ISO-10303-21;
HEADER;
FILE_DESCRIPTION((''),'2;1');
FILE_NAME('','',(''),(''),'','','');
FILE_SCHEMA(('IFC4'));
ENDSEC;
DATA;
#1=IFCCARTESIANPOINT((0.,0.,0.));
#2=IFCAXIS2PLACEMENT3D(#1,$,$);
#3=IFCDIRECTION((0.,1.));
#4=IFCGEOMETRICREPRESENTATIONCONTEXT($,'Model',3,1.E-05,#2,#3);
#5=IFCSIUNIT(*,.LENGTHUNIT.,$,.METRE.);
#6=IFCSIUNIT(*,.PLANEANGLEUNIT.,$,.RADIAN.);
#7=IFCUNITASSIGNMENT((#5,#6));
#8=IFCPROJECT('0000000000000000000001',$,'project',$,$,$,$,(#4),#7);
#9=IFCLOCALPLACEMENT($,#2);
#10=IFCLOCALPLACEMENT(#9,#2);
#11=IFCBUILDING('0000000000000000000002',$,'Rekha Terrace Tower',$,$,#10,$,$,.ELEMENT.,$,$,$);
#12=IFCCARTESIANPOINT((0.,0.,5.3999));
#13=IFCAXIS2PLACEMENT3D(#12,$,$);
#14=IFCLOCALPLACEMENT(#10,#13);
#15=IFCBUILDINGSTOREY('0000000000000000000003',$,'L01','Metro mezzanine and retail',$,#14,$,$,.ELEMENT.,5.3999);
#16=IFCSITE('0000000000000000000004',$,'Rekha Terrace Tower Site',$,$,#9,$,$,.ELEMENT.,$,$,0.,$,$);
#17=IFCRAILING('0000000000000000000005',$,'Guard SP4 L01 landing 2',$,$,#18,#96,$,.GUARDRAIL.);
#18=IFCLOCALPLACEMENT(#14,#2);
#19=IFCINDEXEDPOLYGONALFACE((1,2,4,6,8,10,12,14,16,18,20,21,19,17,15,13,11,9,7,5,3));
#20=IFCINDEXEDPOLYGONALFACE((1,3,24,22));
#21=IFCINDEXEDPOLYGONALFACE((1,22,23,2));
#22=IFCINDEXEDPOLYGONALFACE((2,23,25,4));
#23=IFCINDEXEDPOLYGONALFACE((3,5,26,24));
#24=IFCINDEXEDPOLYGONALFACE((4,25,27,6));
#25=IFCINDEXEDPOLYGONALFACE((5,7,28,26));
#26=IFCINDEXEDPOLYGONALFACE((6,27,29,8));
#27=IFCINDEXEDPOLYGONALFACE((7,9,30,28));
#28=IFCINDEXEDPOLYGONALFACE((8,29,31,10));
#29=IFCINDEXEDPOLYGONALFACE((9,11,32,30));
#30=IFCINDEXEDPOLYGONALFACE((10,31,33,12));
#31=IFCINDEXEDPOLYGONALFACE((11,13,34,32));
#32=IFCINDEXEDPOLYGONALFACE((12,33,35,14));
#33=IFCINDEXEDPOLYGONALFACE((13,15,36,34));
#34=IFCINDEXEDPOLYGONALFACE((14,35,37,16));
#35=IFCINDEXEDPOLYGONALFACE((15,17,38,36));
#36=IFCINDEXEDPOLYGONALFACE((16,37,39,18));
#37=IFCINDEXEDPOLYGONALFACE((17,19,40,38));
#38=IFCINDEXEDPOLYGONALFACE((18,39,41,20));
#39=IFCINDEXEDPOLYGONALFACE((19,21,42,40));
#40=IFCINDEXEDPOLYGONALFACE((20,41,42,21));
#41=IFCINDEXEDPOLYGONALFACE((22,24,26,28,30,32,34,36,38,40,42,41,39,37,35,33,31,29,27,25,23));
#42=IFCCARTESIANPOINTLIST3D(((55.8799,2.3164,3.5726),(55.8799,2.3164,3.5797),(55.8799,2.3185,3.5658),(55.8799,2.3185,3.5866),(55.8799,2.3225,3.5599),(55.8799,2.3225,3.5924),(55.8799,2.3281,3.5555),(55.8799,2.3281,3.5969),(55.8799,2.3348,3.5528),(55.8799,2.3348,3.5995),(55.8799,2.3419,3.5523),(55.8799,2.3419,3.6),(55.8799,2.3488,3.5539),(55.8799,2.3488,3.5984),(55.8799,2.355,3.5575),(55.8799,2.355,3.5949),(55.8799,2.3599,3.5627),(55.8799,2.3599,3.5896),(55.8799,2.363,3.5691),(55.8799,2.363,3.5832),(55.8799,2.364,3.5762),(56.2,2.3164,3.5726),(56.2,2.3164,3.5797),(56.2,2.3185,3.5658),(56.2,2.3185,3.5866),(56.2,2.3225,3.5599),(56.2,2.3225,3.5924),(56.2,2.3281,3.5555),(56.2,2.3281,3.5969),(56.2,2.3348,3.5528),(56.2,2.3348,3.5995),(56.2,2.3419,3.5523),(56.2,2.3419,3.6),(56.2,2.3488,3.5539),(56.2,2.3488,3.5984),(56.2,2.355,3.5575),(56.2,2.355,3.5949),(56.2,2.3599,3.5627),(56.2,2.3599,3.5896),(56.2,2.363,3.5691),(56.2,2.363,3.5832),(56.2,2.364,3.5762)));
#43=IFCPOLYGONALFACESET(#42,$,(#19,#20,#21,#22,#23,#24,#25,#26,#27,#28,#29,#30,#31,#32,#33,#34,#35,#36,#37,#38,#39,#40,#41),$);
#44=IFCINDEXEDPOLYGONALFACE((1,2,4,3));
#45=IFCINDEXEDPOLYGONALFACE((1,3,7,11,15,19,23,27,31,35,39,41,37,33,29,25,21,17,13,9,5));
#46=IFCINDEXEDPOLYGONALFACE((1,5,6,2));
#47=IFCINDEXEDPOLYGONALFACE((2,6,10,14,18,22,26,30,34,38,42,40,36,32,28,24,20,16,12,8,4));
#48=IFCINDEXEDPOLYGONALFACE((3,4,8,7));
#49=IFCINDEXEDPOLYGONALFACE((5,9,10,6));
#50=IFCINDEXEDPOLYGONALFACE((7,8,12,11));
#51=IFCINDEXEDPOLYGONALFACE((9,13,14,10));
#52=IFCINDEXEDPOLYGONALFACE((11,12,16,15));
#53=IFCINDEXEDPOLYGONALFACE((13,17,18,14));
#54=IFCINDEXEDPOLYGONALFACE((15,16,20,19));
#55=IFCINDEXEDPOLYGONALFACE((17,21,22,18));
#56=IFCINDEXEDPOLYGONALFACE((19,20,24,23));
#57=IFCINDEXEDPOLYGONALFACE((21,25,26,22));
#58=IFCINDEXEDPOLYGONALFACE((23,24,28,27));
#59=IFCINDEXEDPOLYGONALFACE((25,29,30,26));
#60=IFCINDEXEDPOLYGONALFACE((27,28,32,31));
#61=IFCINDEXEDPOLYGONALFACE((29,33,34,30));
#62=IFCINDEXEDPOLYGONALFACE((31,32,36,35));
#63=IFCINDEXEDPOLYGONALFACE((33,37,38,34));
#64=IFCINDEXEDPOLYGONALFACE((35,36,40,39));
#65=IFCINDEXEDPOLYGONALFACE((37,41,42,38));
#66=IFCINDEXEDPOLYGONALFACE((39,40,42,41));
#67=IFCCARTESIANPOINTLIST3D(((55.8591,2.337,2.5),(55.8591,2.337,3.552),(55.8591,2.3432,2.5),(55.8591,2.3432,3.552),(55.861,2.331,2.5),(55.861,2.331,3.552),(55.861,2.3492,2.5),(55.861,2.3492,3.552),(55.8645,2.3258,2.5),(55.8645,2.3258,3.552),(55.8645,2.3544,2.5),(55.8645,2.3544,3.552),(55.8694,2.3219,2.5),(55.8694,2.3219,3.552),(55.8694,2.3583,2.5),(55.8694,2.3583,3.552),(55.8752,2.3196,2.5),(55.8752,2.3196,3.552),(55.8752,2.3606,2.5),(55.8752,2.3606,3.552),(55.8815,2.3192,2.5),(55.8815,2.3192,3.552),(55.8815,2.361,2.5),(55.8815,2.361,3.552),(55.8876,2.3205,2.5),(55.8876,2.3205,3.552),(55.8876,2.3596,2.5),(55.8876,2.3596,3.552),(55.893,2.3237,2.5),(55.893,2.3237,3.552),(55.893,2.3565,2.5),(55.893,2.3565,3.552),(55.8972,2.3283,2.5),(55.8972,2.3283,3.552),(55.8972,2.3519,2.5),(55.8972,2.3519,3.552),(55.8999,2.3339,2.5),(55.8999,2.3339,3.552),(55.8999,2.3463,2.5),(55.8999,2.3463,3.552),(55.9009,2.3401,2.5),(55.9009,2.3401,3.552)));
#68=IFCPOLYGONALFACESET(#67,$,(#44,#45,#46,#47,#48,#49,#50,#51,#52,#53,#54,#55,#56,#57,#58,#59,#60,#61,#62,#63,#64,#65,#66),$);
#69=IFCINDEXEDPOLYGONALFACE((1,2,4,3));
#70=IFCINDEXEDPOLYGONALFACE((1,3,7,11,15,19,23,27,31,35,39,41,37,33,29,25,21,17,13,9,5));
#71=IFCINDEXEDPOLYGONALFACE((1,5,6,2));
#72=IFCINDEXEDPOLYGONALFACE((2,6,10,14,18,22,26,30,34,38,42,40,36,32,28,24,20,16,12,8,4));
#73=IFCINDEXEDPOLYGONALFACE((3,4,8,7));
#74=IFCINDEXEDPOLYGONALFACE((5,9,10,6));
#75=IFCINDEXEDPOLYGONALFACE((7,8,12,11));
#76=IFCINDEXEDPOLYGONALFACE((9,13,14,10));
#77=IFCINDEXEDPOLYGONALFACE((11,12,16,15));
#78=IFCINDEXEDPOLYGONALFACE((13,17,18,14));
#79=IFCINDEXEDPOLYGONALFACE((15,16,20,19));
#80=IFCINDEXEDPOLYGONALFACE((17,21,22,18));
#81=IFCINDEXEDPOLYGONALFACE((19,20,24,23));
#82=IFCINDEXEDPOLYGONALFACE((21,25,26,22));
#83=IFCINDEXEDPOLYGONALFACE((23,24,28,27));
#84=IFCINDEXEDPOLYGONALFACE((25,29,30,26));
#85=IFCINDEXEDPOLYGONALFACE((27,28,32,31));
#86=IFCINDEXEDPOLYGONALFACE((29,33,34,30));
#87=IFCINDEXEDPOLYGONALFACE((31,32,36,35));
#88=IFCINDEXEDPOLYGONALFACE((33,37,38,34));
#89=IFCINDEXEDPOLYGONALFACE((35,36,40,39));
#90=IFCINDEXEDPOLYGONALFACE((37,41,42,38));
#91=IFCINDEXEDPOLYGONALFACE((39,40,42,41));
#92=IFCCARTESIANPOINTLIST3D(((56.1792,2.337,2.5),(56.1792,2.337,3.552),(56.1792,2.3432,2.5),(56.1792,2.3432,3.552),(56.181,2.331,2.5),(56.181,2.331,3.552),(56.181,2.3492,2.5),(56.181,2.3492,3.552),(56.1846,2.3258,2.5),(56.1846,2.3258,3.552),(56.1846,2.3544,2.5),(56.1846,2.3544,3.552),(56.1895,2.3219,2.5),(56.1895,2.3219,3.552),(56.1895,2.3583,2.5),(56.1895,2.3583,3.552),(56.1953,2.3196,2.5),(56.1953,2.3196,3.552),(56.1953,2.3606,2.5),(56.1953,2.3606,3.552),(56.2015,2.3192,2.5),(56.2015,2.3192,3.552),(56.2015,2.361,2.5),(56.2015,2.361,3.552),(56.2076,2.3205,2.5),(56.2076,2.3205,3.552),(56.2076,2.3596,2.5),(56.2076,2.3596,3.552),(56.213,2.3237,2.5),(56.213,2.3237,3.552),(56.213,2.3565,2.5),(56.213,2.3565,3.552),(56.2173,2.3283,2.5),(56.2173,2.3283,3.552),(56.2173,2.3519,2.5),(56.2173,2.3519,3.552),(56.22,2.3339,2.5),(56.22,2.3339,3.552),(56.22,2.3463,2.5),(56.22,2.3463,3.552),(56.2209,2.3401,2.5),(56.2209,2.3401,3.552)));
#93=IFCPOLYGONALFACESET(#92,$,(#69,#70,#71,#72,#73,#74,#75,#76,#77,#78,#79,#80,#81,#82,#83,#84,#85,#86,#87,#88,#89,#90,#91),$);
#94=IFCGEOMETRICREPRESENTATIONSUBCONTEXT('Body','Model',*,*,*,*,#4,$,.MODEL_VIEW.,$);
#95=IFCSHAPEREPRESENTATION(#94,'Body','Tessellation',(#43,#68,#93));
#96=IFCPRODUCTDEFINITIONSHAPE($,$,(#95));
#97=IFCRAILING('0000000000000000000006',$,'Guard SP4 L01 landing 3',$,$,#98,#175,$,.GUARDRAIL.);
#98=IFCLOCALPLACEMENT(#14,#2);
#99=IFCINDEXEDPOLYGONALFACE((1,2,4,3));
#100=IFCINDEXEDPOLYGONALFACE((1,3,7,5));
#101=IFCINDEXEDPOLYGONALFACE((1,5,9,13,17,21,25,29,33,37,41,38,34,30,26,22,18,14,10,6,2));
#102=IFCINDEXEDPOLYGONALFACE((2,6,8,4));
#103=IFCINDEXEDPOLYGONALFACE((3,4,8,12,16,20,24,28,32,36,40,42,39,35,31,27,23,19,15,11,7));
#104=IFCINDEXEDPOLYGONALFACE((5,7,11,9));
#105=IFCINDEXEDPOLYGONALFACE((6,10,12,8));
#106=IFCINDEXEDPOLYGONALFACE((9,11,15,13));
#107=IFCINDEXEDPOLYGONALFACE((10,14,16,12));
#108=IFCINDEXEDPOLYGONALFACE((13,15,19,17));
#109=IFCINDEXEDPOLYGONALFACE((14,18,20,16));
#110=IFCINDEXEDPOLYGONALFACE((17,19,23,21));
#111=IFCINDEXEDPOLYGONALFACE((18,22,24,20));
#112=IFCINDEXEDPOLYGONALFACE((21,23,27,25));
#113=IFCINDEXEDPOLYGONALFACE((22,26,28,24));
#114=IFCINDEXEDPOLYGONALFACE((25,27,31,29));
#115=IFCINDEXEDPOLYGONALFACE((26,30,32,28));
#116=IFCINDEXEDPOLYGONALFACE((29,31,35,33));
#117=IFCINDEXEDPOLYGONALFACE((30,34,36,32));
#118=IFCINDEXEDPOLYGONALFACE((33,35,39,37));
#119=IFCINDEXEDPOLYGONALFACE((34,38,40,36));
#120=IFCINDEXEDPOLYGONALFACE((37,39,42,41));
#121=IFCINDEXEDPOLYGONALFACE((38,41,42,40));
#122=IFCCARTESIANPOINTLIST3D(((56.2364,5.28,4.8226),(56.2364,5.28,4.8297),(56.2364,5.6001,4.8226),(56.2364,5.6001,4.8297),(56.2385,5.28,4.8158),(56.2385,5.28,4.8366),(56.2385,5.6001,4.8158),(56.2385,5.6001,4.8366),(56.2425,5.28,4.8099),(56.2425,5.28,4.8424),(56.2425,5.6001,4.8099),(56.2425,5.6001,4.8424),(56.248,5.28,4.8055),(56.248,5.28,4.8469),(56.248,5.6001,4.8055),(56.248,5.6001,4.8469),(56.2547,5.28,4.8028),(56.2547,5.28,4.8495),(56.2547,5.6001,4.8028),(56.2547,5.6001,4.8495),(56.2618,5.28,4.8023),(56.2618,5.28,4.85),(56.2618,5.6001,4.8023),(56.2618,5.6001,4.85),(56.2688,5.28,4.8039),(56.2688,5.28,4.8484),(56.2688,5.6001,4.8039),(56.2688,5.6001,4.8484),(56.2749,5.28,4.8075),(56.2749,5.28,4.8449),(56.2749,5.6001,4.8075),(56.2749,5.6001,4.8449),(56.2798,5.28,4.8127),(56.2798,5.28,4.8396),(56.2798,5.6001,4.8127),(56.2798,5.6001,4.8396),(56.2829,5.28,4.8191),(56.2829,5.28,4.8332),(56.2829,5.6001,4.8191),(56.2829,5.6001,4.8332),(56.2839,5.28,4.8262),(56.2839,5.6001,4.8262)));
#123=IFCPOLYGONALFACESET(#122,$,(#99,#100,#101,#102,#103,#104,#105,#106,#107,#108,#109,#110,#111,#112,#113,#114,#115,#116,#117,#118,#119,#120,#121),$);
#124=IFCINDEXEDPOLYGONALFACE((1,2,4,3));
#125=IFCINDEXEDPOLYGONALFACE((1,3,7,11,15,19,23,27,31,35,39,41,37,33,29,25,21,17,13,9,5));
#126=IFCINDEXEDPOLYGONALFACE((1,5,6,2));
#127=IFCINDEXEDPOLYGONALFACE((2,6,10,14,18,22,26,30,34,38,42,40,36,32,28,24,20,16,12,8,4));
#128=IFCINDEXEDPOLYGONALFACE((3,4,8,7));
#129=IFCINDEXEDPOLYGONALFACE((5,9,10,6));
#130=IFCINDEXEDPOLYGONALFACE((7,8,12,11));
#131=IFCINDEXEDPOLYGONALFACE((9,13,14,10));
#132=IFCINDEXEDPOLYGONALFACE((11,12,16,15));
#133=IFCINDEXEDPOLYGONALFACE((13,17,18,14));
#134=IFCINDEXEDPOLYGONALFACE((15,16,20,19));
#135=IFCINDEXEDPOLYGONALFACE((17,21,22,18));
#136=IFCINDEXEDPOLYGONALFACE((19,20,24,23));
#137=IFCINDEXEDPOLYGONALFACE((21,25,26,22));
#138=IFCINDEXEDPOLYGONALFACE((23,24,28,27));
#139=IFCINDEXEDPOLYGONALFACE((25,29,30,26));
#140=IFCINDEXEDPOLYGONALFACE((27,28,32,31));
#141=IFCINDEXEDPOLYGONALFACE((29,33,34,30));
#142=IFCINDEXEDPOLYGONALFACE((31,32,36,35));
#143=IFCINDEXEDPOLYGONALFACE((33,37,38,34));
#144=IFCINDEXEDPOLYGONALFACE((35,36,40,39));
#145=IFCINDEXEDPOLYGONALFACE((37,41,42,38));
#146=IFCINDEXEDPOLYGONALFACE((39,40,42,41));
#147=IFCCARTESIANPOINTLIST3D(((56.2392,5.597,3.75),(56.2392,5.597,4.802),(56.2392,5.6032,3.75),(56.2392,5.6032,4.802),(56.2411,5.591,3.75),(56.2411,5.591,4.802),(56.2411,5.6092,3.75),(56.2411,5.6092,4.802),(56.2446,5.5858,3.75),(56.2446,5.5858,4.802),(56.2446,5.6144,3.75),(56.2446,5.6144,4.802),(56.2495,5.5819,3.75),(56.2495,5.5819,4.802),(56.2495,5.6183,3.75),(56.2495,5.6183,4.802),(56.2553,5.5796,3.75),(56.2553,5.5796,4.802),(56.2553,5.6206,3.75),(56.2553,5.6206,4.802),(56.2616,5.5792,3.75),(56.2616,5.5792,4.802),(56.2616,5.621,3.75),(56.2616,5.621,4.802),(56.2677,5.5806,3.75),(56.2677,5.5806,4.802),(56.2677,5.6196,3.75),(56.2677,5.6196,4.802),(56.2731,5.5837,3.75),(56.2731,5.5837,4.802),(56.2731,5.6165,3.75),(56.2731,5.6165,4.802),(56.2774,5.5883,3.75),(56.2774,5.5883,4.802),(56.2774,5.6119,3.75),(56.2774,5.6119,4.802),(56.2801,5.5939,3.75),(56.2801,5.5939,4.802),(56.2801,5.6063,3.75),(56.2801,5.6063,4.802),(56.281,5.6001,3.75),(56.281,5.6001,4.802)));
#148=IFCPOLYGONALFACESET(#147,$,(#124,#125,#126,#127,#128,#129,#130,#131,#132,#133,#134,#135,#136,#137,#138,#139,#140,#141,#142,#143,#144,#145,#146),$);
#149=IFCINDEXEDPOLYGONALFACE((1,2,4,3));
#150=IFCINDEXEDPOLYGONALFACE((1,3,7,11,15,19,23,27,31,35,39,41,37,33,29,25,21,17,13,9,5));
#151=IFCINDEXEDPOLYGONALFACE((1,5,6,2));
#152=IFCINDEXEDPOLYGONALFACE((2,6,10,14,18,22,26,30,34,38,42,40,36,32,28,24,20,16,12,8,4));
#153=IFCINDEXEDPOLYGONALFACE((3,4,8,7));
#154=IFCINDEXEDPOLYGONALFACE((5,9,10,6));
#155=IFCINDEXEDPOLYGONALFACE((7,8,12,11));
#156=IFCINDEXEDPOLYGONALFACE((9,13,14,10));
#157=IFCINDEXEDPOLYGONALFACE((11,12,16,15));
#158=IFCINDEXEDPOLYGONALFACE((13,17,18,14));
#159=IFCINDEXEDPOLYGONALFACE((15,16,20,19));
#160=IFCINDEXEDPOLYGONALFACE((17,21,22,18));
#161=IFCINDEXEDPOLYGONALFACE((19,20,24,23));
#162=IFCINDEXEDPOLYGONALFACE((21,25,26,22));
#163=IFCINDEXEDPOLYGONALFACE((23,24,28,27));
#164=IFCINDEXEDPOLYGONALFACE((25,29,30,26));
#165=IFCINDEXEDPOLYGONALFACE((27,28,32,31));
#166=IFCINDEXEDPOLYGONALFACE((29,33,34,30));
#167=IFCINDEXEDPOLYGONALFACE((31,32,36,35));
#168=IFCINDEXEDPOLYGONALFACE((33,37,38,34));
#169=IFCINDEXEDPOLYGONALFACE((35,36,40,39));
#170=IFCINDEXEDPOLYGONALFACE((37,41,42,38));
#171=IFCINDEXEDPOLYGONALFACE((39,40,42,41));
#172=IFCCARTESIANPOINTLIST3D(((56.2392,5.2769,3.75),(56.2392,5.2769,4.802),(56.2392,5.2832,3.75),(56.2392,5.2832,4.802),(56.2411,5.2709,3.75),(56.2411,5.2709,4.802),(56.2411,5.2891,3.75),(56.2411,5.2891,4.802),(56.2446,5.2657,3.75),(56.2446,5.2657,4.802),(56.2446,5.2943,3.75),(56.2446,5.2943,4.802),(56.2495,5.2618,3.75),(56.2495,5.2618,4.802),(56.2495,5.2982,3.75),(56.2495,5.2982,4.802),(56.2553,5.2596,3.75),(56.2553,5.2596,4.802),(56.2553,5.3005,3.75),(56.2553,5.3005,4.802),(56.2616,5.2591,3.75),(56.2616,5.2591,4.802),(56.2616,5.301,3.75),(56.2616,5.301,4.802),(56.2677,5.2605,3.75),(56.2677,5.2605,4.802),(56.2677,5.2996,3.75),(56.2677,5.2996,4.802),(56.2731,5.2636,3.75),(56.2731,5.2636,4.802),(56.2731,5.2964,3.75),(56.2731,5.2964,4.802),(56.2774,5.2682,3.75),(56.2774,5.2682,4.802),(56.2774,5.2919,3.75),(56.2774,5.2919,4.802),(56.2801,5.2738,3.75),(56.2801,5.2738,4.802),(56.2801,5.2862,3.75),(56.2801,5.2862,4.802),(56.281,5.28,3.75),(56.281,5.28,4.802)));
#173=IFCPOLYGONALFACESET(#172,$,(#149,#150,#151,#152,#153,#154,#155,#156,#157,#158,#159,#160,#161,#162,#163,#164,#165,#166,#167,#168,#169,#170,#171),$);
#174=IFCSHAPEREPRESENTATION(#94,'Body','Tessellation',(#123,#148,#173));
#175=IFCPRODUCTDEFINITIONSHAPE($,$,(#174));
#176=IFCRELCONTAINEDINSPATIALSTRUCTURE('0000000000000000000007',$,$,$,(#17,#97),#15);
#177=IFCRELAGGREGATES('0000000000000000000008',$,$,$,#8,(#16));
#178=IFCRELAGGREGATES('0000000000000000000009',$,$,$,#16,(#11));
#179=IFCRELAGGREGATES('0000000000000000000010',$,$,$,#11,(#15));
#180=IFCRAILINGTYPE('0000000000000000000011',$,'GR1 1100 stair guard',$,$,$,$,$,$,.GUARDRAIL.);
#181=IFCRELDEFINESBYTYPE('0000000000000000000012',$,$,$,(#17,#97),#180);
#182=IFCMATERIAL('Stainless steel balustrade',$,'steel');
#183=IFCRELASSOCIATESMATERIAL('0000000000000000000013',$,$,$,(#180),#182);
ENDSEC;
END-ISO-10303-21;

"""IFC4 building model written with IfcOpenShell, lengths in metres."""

from ifc_helpers import new_model, si_unit, direction, frame, origin, origin_2d, place, context, subcontext, project, spatial, circle, extrude, material, type_object, element, save


model = new_model("IFC4")

# Units and contexts
model_context = context("Model", 3, precision=1e-05, world=origin(), true_north=direction((0.0, 1.0)))
body_context = subcontext(model_context, "Body", "Model", "MODEL_VIEW")
ifc_project = project(units=[si_unit("LENGTHUNIT", "METRE"), si_unit("PLANEANGLEUNIT", "RADIAN")], contexts=[model_context])

# Site, building, storey
site_placement = place(None, origin())
site = spatial("IfcSite", under=ifc_project, at=site_placement, Name="Rekha Terrace Tower Site", CompositionType="ELEMENT", RefElevation=0.0)
building_placement = place(site_placement, origin())
building = spatial("IfcBuilding", under=site, at=building_placement, Name="Rekha Terrace Tower", CompositionType="ELEMENT")
storey_placement = place(building_placement, frame((0.0, 0.0, 5.3999)))
storey = spatial("IfcBuildingStorey", under=building, at=storey_placement, Name="L01", Description="Metro mezzanine and retail", CompositionType="ELEMENT", Elevation=5.3999)

# Railings
ifc_material_1 = material(Name="Stainless steel balustrade", Category="steel")
railing_type_1 = type_object("IfcRailingType", Name="GR1 1100 stair guard", PredefinedType="GUARDRAIL", material=ifc_material_1)
railing_1_placement = place(storey_placement, frame((55.8799, 2.3401, 2.5)))
element("IfcRailing", 1, at=railing_1_placement, inside=storey, type_object=railing_type_1, Name="Guard SP4 L01 landing 2", PredefinedType="GUARDRAIL", context=body_context, shape_type="SweptSolid", body=[
    extrude(circle(Radius=0.0239, at=origin_2d()), frame((0.0, 0.0, 1.0762), z_axis=(1.0, 0.0, 0.0), x_axis=(0.0, 1.0, 0.0)), (0.0, 0.0, 1.0), 0.3201),
    extrude(circle(Radius=0.021, at=origin_2d()), origin(), (0.0, 0.0, 1.0), 1.052),
    extrude(circle(Radius=0.021, at=origin_2d()), frame((0.3201, 0.0, 0.0)), (0.0, 0.0, 1.0), 1.052),
])
railing_2_placement = place(storey_placement, frame((56.26, 5.6001, 3.75)))
element("IfcRailing", 2, at=railing_2_placement, inside=storey, type_object=railing_type_1, Name="Guard SP4 L01 landing 3", PredefinedType="GUARDRAIL", context=body_context, shape_type="SweptSolid", body=[
    extrude(circle(Radius=0.0239, at=origin_2d()), frame((0.0, 0.0, 1.0762), z_axis=(0.0, -1.0, 0.0), x_axis=(1.0, 0.0, 0.0)), (0.0, 0.0, 1.0), 0.3201),
    extrude(circle(Radius=0.021, at=origin_2d()), origin(), (0.0, 0.0, 1.0), 1.052),
    extrude(circle(Radius=0.021, at=origin_2d()), frame((0.0, -0.3201, 0.0)), (0.0, 0.0, 1.0), 1.052),
])

save(model, "model.ifc")
